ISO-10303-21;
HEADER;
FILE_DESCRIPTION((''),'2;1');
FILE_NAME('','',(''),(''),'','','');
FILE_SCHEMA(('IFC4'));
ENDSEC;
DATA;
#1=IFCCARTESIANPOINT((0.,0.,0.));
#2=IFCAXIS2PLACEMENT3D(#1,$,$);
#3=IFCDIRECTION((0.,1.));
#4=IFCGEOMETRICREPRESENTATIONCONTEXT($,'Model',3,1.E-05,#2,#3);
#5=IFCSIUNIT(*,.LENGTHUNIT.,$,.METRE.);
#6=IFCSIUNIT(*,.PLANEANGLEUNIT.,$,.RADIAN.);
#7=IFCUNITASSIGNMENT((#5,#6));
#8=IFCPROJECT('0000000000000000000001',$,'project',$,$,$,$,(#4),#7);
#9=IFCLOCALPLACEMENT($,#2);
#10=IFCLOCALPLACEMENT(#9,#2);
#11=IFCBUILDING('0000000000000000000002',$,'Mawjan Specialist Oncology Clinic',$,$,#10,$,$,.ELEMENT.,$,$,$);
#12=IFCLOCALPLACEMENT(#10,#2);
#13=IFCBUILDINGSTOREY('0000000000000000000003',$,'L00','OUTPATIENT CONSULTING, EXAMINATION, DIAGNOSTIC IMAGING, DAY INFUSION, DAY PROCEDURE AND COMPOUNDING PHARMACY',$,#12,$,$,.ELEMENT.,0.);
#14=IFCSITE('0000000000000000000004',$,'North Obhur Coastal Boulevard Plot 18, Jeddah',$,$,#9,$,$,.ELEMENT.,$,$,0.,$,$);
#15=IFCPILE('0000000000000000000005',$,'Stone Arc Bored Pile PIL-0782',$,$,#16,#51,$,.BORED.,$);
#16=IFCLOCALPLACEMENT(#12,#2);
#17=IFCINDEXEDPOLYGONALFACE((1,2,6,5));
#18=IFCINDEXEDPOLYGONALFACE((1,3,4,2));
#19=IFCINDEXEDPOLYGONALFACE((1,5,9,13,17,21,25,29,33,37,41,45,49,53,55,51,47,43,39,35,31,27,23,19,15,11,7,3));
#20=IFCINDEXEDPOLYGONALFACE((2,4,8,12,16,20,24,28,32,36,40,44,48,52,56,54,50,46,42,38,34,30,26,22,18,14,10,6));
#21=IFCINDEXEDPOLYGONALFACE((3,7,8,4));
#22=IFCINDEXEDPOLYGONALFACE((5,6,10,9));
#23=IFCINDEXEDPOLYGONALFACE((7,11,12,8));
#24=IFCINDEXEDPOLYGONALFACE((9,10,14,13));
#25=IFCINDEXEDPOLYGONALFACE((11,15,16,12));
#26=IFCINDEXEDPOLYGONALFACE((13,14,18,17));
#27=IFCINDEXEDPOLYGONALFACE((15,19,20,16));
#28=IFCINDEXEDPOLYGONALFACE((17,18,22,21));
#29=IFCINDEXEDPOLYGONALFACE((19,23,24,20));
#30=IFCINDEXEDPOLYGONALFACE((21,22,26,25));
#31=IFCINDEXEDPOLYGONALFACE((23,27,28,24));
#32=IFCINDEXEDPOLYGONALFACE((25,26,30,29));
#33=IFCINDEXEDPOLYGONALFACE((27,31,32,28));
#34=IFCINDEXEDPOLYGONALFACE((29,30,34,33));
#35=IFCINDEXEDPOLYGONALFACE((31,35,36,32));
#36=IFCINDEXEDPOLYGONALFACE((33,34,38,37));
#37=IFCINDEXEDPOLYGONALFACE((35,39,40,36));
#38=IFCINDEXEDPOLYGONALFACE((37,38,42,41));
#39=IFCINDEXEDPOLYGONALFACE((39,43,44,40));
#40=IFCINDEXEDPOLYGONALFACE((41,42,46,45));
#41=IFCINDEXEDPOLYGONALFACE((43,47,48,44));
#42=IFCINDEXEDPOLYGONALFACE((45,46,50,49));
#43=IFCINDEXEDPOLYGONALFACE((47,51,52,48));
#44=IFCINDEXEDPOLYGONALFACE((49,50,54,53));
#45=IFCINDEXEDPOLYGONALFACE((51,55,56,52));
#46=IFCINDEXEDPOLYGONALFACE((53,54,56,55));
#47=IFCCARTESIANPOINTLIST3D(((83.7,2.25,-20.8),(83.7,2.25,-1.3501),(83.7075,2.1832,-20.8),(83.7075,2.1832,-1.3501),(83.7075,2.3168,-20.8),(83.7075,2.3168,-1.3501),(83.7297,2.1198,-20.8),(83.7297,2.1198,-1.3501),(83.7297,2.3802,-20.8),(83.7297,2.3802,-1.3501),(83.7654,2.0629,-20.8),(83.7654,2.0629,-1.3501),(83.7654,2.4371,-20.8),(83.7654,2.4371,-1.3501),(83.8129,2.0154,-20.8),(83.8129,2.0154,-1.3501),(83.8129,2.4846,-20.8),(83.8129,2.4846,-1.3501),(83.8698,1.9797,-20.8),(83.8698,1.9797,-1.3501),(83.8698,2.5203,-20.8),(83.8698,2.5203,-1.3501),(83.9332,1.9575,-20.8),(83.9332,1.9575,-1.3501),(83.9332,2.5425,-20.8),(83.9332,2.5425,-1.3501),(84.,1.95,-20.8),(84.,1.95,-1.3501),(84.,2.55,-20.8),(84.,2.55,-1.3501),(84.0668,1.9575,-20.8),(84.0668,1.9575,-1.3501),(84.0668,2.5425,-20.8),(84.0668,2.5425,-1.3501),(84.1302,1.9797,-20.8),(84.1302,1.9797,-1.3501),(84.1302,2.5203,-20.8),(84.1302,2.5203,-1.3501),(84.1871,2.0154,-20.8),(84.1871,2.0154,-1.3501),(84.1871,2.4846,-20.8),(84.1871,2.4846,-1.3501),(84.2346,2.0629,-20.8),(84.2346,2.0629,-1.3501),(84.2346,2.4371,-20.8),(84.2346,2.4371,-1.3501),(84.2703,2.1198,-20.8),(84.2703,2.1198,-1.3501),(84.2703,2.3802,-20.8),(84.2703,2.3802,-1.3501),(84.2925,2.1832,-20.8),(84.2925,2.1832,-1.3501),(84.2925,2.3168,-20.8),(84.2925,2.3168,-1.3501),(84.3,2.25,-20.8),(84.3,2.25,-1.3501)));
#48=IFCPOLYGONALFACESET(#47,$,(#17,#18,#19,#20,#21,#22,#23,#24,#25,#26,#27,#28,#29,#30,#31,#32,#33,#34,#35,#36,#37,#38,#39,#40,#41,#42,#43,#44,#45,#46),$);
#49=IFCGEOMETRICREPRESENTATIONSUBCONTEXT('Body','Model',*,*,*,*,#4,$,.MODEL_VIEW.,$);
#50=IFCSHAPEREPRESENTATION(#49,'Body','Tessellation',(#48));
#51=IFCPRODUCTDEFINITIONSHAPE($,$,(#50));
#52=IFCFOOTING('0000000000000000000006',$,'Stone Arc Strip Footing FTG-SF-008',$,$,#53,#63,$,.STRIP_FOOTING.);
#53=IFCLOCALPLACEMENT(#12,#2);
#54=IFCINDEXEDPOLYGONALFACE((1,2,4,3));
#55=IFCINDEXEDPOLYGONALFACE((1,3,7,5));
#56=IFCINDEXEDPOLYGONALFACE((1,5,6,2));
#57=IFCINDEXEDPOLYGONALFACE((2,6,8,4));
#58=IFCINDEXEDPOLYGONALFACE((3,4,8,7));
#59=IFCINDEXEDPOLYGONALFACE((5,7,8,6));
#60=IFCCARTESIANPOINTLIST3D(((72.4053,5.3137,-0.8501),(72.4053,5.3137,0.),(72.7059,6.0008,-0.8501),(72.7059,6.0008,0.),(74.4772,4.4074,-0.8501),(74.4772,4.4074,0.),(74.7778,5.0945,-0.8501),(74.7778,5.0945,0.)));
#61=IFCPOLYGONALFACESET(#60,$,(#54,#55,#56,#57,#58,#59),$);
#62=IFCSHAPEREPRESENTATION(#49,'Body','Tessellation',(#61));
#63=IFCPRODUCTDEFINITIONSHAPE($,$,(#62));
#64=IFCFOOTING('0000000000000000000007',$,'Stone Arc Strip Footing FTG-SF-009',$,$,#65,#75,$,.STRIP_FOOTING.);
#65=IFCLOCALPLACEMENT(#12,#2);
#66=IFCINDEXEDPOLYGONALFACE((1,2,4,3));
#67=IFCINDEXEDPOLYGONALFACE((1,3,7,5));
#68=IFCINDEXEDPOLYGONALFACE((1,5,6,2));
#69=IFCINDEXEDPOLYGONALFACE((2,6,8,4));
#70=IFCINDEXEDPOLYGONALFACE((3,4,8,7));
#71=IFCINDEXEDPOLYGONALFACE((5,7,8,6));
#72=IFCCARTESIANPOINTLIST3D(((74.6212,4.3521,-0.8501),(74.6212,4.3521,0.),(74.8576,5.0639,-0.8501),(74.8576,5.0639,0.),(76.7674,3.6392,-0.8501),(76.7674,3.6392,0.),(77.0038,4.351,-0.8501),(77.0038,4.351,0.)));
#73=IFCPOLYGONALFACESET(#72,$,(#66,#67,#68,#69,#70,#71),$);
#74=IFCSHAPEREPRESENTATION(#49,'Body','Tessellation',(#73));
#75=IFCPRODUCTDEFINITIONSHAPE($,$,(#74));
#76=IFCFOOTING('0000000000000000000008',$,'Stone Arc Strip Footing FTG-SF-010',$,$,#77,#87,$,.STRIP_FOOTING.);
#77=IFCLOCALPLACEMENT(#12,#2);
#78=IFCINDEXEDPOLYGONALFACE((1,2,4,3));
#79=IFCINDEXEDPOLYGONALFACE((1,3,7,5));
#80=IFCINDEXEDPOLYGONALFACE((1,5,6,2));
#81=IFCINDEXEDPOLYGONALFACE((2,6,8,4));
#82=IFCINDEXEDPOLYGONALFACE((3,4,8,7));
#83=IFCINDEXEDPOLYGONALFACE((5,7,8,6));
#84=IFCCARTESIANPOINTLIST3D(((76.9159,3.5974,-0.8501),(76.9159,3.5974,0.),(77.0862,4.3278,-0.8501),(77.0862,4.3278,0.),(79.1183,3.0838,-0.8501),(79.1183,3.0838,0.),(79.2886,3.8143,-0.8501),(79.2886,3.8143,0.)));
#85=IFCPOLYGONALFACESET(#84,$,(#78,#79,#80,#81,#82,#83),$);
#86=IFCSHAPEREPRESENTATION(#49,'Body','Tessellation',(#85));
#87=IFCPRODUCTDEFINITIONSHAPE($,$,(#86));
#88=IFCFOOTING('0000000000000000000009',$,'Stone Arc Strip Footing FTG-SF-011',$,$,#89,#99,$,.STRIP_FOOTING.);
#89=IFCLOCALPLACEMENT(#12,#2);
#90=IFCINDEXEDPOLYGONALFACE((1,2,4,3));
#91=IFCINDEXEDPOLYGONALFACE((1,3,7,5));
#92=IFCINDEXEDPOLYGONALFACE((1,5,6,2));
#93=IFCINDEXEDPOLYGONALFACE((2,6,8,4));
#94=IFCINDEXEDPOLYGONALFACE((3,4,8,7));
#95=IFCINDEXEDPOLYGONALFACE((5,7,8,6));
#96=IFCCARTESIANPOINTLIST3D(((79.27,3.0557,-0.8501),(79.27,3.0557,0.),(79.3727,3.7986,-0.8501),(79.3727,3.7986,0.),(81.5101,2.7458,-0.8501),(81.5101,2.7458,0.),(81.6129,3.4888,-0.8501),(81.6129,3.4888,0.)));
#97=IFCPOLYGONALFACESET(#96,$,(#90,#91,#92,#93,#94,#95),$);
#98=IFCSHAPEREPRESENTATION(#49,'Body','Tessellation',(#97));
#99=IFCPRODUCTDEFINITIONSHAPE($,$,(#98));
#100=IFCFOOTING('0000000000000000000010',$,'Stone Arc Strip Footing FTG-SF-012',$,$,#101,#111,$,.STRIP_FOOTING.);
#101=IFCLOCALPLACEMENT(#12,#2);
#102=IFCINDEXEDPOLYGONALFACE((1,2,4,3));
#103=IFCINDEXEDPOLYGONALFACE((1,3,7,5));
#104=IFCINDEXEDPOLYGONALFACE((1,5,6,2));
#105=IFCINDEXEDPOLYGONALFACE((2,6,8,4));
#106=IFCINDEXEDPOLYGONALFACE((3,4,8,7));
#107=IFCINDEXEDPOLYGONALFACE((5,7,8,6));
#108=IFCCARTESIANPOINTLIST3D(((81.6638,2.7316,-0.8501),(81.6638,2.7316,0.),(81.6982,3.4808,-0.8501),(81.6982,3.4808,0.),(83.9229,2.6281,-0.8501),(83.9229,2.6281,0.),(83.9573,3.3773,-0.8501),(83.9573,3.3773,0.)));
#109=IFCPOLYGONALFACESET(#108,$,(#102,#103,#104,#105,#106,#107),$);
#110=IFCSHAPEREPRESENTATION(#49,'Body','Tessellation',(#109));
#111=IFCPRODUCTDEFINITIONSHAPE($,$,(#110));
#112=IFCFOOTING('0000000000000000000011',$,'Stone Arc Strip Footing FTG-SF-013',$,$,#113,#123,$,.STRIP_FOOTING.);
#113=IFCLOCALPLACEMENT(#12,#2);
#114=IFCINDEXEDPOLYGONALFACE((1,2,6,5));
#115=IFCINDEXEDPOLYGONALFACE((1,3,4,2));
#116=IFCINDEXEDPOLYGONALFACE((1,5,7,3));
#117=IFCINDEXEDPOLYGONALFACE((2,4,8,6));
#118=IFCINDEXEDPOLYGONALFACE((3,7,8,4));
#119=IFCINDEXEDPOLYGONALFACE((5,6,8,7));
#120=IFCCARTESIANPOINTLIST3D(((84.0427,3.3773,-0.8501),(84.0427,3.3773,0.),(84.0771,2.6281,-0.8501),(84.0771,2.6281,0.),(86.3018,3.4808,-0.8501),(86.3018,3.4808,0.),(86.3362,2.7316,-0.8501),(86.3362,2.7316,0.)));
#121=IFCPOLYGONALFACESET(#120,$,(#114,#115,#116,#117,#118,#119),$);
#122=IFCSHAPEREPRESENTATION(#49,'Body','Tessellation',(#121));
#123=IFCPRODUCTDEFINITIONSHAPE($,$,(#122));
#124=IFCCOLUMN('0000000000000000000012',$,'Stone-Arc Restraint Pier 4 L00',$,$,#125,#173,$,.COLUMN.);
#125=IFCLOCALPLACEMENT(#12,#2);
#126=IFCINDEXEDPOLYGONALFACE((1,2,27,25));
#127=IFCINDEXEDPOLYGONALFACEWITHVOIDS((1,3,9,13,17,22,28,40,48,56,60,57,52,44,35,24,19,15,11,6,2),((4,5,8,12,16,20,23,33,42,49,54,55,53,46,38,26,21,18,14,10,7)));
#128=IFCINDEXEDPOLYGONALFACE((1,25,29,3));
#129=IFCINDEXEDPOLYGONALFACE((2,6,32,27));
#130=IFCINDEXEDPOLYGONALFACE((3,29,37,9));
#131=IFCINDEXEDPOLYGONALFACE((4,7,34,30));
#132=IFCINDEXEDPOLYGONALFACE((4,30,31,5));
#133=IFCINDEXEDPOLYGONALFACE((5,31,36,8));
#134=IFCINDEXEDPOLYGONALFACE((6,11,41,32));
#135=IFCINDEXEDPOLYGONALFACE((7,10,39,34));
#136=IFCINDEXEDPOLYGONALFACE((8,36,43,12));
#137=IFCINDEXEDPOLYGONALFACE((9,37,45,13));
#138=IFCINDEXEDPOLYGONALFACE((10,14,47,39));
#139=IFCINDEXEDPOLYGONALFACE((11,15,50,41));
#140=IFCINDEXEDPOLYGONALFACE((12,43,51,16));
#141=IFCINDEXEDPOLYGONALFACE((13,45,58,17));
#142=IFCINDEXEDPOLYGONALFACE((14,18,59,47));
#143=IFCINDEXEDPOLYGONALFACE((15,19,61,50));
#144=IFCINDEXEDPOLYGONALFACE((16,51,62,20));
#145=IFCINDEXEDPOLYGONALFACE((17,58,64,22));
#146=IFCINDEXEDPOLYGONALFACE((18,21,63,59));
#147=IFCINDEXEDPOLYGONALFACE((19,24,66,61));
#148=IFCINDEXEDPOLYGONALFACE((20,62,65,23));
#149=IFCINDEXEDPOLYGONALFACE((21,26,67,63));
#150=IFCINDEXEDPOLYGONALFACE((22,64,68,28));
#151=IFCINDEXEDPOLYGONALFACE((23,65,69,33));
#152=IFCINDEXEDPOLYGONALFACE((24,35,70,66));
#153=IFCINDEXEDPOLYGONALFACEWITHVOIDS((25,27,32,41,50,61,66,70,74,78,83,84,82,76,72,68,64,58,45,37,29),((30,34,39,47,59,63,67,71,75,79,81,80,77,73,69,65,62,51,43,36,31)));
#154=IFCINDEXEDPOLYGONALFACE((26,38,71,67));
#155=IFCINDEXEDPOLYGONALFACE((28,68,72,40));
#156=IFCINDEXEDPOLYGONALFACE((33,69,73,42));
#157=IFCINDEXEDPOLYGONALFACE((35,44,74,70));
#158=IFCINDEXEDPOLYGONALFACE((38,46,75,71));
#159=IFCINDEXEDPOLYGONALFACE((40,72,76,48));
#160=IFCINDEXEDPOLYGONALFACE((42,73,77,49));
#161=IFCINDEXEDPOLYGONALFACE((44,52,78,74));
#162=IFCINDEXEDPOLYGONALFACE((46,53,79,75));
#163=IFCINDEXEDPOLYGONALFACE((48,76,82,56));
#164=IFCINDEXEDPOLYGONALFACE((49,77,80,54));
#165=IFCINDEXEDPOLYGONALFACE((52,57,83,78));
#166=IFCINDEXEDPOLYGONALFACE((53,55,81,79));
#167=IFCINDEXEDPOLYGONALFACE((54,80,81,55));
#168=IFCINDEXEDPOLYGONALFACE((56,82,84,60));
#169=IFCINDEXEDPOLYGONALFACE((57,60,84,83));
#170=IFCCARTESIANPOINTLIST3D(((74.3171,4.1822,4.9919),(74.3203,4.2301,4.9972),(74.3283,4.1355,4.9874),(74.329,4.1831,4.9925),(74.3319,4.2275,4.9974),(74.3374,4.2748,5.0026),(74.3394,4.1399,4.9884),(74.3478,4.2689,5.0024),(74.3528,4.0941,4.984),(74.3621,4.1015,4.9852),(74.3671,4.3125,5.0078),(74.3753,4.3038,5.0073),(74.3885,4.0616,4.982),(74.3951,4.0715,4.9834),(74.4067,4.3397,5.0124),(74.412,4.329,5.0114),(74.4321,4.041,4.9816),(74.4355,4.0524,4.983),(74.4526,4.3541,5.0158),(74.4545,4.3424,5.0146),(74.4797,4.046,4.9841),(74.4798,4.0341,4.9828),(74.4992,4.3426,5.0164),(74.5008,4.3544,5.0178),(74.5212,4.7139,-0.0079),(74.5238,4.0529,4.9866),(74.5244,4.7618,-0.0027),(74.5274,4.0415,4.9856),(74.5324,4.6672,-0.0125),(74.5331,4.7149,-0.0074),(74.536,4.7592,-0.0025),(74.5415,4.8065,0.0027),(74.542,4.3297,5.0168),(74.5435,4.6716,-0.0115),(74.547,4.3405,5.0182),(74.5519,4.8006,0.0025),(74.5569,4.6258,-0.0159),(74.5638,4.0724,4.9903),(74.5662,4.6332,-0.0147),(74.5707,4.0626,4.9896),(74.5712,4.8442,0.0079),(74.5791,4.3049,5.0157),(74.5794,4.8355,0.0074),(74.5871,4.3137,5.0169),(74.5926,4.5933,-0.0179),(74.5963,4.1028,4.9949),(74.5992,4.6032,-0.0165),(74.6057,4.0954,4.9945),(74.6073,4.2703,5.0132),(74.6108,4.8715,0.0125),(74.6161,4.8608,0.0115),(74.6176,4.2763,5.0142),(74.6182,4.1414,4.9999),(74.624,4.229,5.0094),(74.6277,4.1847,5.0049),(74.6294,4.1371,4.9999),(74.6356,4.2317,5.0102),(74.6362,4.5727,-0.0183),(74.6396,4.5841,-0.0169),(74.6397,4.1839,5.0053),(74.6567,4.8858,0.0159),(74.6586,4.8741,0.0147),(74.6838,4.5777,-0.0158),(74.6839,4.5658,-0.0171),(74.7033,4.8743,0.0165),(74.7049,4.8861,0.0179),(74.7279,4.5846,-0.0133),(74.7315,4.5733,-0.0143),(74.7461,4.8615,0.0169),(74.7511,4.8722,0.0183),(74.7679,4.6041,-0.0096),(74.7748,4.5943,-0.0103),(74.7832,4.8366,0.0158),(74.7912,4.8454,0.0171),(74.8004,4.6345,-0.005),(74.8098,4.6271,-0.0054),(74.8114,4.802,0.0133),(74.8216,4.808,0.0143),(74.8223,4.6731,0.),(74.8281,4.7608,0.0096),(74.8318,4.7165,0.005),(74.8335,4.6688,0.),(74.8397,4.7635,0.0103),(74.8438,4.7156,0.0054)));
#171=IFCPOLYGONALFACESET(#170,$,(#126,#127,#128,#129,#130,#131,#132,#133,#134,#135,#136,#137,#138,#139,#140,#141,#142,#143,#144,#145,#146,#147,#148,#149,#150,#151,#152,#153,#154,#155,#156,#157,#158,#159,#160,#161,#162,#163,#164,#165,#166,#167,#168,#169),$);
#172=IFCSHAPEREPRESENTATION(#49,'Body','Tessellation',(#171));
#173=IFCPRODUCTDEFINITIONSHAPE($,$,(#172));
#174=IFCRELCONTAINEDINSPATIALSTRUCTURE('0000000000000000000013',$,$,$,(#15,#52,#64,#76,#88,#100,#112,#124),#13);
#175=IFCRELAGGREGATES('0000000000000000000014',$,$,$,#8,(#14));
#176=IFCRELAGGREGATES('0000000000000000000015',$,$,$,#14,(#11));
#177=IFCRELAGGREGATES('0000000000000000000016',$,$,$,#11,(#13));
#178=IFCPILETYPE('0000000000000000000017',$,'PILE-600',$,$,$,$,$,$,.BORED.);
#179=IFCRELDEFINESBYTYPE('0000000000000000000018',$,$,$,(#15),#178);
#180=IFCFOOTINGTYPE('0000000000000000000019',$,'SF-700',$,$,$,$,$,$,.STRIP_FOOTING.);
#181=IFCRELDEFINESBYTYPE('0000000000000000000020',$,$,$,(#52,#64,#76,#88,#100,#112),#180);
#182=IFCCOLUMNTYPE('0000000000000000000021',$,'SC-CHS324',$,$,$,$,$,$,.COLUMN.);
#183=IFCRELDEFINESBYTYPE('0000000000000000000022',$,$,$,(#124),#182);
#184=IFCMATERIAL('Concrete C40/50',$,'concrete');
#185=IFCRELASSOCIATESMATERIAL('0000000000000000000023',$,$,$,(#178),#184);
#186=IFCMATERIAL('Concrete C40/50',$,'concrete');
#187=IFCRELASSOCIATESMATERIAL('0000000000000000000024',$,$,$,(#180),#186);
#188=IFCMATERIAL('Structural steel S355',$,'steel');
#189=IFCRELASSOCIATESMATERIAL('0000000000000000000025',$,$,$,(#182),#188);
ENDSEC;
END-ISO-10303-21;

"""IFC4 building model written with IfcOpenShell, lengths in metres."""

from ifc_helpers import new_model, si_unit, direction, frame, origin, origin_2d, place, context, subcontext, project, spatial, rectangle, circle, hollow_circle, extrude, material, material_profile, profile_set, type_object, element, save


model = new_model("IFC4")

# Units and contexts
model_context = context("Model", 3, precision=1e-05, world=origin(), true_north=direction((0.0, 1.0)))
body_context = subcontext(model_context, "Body", "Model", "MODEL_VIEW")
ifc_project = project(units=[si_unit("LENGTHUNIT", "METRE"), si_unit("PLANEANGLEUNIT", "RADIAN")], contexts=[model_context])

# Site, building, storey
site_placement = place(None, origin())
site = spatial("IfcSite", under=ifc_project, at=site_placement, Name="North Obhur Coastal Boulevard Plot 18, Jeddah", CompositionType="ELEMENT", RefElevation=0.0)
building_placement = place(site_placement, origin())
building = spatial("IfcBuilding", under=site, at=building_placement, Name="Mawjan Specialist Oncology Clinic", CompositionType="ELEMENT")
storey_placement = place(building_placement, origin())
storey = spatial("IfcBuildingStorey", under=building, at=storey_placement, Name="L00", Description="OUTPATIENT CONSULTING, EXAMINATION, DIAGNOSTIC IMAGING, DAY INFUSION, DAY PROCEDURE AND COMPOUNDING PHARMACY", CompositionType="ELEMENT", Elevation=0.0)

# Pile
ifc_material_1 = material(Name="Concrete C40/50", Category="concrete")
ifc_material_profile_1 = material_profile(ifc_material_1, circle(Radius=0.3, at=origin_2d()), Name="BORED PILE D600", Category="concrete")
ifc_profile_set_1 = profile_set([ifc_material_profile_1], Name="Concrete C40/50")
pile_type = type_object("IfcPileType", Name="PILE-600", PredefinedType="BORED", material=ifc_profile_set_1)
for number, where, z_axis, x_axis, name in (
    (1, (84.0, 2.25, -1.3501), (0.0, 0.0, -1.0), (1.0, 0.0, 0.0), "Stone Arc Bored Pile PIL-0782"),
):
    element("IfcPile", number, at=place(storey_placement, frame(where, z_axis=z_axis, x_axis=x_axis)), inside=storey, type_object=pile_type, Name=name, PredefinedType="BORED", context=body_context, shape_type="SweptSolid", body=[
        extrude(circle(Radius=0.3, at=origin_2d()), origin(), (0.0, 0.0, 1.0), 19.45),
    ])

# Footings
ifc_material_2 = material(Name="Concrete C40/50", Category="concrete")
footing_type_1 = type_object("IfcFootingType", Name="SF-700", PredefinedType="STRIP_FOOTING", material=ifc_material_2)
for number, where, z_axis, x_axis, name in (
    (2, (73.5916, 5.2041, -0.8501), (0.0, 0.0, 1.0), (-0.916188, 0.400749, 0.0), "Stone Arc Strip Footing FTG-SF-008"),
    (3, (75.8125, 4.3516, -0.8501), (0.0, 0.0, 1.0), (-0.949014, 0.315235, 0.0), "Stone Arc Strip Footing FTG-SF-009"),
    (4, (78.1023, 3.7058, -0.8501), (0.0, 0.0, 1.0), (-0.973877, 0.227076, 0.0), "Stone Arc Strip Footing FTG-SF-010"),
    (5, (80.4414, 3.2722, -0.8501), (0.0, 0.0, 1.0), (-0.990569, 0.137012, 0.0), "Stone Arc Strip Footing FTG-SF-011"),
    (6, (82.8105, 3.0544, -0.8501), (0.0, 0.0, 1.0), (-0.998951, 0.045799, 0.0), "Stone Arc Strip Footing FTG-SF-012"),
    (7, (85.1895, 3.0544, -0.8501), (0.0, 0.0, 1.0), (-0.998951, -0.045799, 0.0), "Stone Arc Strip Footing FTG-SF-013"),
):
    element("IfcFooting", number, at=place(storey_placement, frame(where, z_axis=z_axis, x_axis=x_axis)), inside=storey, type_object=footing_type_1, Name=name, PredefinedType="STRIP_FOOTING", context=body_context, shape_type="SweptSolid", body=[
        extrude(rectangle(XDim=2.2615, YDim=0.75, at=origin_2d()), origin(), (0.0, 0.0, 1.0), 0.8501),
    ])

# Column
ifc_material_3 = material(Name="Structural steel S355", Category="steel")
ifc_material_profile_2 = material_profile(ifc_material_3, hollow_circle(Radius=0.1619, WallThickness=0.012, at=origin_2d()), Name="CHS 323.9x12", Category="steel")
ifc_profile_set_2 = profile_set([ifc_material_profile_2], Name="Structural steel S355")
column_type = type_object("IfcColumnType", Name="SC-CHS324", PredefinedType="COLUMN", material=ifc_profile_set_2)
for number, where, z_axis, x_axis, name in (
    (8, (74.6824, 4.7268, 0.0), (-0.040558, -0.105664, 0.993574), (0.933588, -0.358347, 0.0), "Stone-Arc Restraint Pier 4 L00"),
):
    element("IfcColumn", number, at=place(storey_placement, frame(where, z_axis=z_axis, x_axis=x_axis)), inside=storey, type_object=column_type, Name=name, PredefinedType="COLUMN", context=body_context, shape_type="SweptSolid", body=[
        extrude(hollow_circle(Radius=0.1619, WallThickness=0.012, at=origin_2d()), origin(), (0.0, 0.0, 1.0), 5.0322),
    ])

save(model, "model.ifc")
